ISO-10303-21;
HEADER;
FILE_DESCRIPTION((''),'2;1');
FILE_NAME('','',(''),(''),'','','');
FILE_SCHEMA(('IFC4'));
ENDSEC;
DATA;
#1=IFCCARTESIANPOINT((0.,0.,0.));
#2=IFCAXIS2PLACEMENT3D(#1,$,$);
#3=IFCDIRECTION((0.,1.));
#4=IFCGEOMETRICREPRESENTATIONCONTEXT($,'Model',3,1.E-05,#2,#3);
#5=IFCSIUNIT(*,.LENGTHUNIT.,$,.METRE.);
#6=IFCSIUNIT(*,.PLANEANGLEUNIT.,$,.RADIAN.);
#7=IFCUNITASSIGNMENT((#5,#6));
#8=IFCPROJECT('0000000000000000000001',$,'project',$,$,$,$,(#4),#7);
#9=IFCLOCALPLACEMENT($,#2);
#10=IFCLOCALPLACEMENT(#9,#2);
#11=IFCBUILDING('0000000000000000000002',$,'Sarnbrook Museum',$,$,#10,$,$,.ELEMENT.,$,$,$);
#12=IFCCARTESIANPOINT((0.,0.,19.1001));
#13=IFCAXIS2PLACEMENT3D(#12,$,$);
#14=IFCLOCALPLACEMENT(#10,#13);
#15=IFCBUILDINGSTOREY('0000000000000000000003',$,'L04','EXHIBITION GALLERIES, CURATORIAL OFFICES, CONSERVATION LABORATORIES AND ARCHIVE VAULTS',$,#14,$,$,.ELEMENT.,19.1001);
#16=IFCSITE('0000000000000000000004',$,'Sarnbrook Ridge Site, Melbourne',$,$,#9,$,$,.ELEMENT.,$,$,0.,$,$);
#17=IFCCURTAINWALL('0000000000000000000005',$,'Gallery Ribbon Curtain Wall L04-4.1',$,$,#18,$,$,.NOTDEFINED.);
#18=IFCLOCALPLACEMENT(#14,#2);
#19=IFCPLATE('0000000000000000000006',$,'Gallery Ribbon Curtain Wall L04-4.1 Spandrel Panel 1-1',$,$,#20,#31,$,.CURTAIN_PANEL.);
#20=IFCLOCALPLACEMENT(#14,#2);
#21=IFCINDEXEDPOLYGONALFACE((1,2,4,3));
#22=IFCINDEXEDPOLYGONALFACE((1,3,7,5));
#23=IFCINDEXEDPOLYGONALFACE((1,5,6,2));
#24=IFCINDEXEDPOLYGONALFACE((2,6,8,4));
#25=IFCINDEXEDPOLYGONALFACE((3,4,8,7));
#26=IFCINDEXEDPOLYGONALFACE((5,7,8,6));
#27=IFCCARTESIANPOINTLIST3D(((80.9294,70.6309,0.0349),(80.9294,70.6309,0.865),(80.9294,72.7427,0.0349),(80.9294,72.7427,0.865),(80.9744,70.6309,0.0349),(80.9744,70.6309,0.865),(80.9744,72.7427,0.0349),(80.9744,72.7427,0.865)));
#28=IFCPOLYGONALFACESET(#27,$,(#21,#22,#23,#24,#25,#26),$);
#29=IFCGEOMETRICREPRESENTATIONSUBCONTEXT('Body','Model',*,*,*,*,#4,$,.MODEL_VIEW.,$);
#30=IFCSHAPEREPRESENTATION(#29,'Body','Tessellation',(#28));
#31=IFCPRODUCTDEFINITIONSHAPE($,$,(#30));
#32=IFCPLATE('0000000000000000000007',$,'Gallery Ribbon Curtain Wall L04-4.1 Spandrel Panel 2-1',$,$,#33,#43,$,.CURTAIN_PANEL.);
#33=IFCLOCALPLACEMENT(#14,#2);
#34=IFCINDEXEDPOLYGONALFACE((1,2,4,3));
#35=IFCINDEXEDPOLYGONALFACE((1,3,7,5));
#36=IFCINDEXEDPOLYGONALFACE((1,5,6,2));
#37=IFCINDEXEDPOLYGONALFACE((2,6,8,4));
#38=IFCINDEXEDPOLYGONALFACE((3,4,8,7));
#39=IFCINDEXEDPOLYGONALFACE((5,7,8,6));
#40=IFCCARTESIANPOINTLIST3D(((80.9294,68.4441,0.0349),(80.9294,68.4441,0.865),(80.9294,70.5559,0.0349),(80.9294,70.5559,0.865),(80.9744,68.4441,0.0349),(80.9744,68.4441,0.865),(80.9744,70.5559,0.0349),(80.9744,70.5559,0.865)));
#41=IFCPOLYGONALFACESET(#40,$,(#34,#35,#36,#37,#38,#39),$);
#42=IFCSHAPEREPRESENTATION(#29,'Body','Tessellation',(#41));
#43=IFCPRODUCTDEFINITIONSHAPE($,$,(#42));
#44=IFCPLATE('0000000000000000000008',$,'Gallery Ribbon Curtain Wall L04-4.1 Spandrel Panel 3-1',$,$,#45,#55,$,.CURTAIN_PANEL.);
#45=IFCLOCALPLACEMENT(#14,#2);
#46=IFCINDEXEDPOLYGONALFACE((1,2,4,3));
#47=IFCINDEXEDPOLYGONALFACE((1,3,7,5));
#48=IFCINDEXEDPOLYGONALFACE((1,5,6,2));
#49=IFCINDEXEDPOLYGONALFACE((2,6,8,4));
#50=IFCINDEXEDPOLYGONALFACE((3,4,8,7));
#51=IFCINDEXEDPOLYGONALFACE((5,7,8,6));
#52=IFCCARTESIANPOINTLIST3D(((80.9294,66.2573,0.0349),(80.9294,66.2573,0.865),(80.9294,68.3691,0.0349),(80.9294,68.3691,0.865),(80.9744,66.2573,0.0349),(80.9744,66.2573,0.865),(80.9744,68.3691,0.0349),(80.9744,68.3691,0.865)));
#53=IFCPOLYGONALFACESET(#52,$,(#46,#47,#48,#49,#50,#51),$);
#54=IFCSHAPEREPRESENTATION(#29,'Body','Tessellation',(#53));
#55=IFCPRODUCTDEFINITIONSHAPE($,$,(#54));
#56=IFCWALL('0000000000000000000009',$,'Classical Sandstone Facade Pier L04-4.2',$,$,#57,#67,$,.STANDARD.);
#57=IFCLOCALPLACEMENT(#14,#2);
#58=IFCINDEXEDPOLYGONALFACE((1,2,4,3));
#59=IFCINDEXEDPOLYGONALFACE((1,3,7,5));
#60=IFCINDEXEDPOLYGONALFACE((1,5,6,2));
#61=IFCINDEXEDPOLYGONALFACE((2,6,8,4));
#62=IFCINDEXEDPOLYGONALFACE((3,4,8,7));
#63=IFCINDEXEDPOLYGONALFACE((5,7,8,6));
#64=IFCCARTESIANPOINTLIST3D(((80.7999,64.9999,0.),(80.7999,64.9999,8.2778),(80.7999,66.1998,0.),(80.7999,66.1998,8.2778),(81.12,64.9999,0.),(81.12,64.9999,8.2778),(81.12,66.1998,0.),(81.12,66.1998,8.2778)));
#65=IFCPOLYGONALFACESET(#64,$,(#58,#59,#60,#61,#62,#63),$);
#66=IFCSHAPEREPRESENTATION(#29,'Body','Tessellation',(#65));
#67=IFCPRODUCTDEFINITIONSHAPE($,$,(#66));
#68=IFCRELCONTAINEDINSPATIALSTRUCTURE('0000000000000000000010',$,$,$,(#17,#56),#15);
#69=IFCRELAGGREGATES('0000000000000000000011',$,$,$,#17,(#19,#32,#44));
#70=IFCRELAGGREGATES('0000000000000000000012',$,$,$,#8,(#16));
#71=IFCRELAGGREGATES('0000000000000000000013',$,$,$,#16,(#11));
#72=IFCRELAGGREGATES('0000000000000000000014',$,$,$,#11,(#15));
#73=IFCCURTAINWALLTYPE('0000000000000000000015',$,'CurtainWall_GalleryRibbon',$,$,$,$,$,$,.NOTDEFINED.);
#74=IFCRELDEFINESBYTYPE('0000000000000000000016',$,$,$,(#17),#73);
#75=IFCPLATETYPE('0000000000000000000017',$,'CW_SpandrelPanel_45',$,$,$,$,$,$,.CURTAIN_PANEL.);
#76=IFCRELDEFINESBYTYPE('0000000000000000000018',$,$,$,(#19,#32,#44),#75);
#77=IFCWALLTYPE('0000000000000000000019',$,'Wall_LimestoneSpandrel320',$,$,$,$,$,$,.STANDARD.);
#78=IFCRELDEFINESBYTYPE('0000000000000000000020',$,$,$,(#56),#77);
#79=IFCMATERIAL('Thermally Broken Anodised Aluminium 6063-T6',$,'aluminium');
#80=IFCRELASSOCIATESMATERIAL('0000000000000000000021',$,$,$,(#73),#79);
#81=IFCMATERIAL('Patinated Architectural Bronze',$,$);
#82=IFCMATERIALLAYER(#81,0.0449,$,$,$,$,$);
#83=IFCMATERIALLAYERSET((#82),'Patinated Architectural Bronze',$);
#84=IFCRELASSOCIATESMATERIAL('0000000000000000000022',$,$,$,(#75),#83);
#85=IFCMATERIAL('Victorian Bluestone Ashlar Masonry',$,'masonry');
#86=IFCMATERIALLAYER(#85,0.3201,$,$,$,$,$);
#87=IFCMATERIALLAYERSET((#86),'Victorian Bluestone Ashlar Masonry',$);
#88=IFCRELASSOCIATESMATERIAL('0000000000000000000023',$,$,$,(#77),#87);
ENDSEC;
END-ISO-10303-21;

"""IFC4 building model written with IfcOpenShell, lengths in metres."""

from ifc_helpers import new_model, si_unit, direction, frame, frame_2d, origin, origin_2d, place, context, subcontext, project, spatial, rectangle, extrude, material, layer, layer_set, type_object, element, aggregate, save


model = new_model("IFC4")

# Units and contexts
model_context = context("Model", 3, precision=1e-05, world=origin(), true_north=direction((0.0, 1.0)))
body_context = subcontext(model_context, "Body", "Model", "MODEL_VIEW")
ifc_project = project(units=[si_unit("LENGTHUNIT", "METRE"), si_unit("PLANEANGLEUNIT", "RADIAN")], contexts=[model_context])

# Site, building, storey
site_placement = place(None, origin())
site = spatial("IfcSite", under=ifc_project, at=site_placement, Name="Sarnbrook Ridge Site, Melbourne", CompositionType="ELEMENT", RefElevation=0.0)
building_placement = place(site_placement, origin())
building = spatial("IfcBuilding", under=site, at=building_placement, Name="Sarnbrook Museum", CompositionType="ELEMENT")
storey_placement = place(building_placement, frame((0.0, 0.0, 19.1001)))
storey = spatial("IfcBuildingStorey", under=building, at=storey_placement, Name="L04", Description="EXHIBITION GALLERIES, CURATORIAL OFFICES, CONSERVATION LABORATORIES AND ARCHIVE VAULTS", CompositionType="ELEMENT", Elevation=19.1001)

# Curtain wall
ifc_material_1 = material(Name="Thermally Broken Anodised Aluminium 6063-T6", Category="aluminium")
curtain_wall_type = type_object("IfcCurtainWallType", Name="CurtainWall_GalleryRibbon", PredefinedType="NOTDEFINED", material=ifc_material_1)
curtain_wall_1_placement = place(storey_placement, origin())
curtain_wall_1 = element("IfcCurtainWall", 1, at=curtain_wall_1_placement, inside=storey, type_object=curtain_wall_type, Name="Gallery Ribbon Curtain Wall L04-4.1", PredefinedType="NOTDEFINED")

# Plates
ifc_material_2 = material(Name="Patinated Architectural Bronze")
ifc_layer_1 = layer(ifc_material_2, 0.0449)
ifc_layer_set_1 = layer_set([ifc_layer_1], Name="Patinated Architectural Bronze")
plate_type_1 = type_object("IfcPlateType", Name="CW_SpandrelPanel_45", PredefinedType="CURTAIN_PANEL", material=ifc_layer_set_1)
plate_1_placement = place(storey_placement, frame((80.9744, 71.6868, 0.45), z_axis=(-1.0, 0.0, 0.0), x_axis=(0.0, -1.0, 0.0)))
plate_1 = element("IfcPlate", 2, at=plate_1_placement, type_object=plate_type_1, Name="Gallery Ribbon Curtain Wall L04-4.1 Spandrel Panel 1-1", PredefinedType="CURTAIN_PANEL", context=body_context, shape_type="SweptSolid", body=[
    extrude(rectangle(XDim=2.1118, YDim=0.8301, at=origin_2d()), origin(), (0.0, 0.0, 1.0), 0.0449),
])
plate_2_placement = place(storey_placement, frame((80.9744, 69.5, 0.45), z_axis=(-1.0, 0.0, 0.0), x_axis=(0.0, -1.0, 0.0)))
plate_2 = element("IfcPlate", 3, at=plate_2_placement, type_object=plate_type_1, Name="Gallery Ribbon Curtain Wall L04-4.1 Spandrel Panel 2-1", PredefinedType="CURTAIN_PANEL", context=body_context, shape_type="SweptSolid", body=[
    extrude(rectangle(XDim=2.1118, YDim=0.8301, at=origin_2d()), origin(), (0.0, 0.0, 1.0), 0.0449),
])
plate_3_placement = place(storey_placement, frame((80.9744, 67.3132, 0.45), z_axis=(-1.0, 0.0, 0.0), x_axis=(0.0, -1.0, 0.0)))
plate_3 = element("IfcPlate", 4, at=plate_3_placement, type_object=plate_type_1, Name="Gallery Ribbon Curtain Wall L04-4.1 Spandrel Panel 3-1", PredefinedType="CURTAIN_PANEL", context=body_context, shape_type="SweptSolid", body=[
    extrude(rectangle(XDim=2.1118, YDim=0.8301, at=origin_2d()), origin(), (0.0, 0.0, 1.0), 0.0449),
])
aggregate(curtain_wall_1, [plate_1, plate_2, plate_3])

# Wall
ifc_material_3 = material(Name="Victorian Bluestone Ashlar Masonry", Category="masonry")
ifc_layer_2 = layer(ifc_material_3, 0.3201)
ifc_layer_set_2 = layer_set([ifc_layer_2], Name="Victorian Bluestone Ashlar Masonry")
wall_type = type_object("IfcWallType", Name="Wall_LimestoneSpandrel320", PredefinedType="STANDARD", material=ifc_layer_set_2)
wall_placement = place(storey_placement, frame((80.96, 66.2, 0.0), z_axis=(0.0, 0.0, 1.0), x_axis=(0.0, -1.0, 0.0)))
element("IfcWall", 5, at=wall_placement, inside=storey, type_object=wall_type, Name="Classical Sandstone Facade Pier L04-4.2", PredefinedType="STANDARD", context=body_context, shape_type="SweptSolid", body=[
    extrude(rectangle(XDim=1.2, YDim=0.3201, at=frame_2d((0.6001, 0.0))), origin(), (0.0, 0.0, 1.0), 8.2778),
])

save(model, "model.ifc")
